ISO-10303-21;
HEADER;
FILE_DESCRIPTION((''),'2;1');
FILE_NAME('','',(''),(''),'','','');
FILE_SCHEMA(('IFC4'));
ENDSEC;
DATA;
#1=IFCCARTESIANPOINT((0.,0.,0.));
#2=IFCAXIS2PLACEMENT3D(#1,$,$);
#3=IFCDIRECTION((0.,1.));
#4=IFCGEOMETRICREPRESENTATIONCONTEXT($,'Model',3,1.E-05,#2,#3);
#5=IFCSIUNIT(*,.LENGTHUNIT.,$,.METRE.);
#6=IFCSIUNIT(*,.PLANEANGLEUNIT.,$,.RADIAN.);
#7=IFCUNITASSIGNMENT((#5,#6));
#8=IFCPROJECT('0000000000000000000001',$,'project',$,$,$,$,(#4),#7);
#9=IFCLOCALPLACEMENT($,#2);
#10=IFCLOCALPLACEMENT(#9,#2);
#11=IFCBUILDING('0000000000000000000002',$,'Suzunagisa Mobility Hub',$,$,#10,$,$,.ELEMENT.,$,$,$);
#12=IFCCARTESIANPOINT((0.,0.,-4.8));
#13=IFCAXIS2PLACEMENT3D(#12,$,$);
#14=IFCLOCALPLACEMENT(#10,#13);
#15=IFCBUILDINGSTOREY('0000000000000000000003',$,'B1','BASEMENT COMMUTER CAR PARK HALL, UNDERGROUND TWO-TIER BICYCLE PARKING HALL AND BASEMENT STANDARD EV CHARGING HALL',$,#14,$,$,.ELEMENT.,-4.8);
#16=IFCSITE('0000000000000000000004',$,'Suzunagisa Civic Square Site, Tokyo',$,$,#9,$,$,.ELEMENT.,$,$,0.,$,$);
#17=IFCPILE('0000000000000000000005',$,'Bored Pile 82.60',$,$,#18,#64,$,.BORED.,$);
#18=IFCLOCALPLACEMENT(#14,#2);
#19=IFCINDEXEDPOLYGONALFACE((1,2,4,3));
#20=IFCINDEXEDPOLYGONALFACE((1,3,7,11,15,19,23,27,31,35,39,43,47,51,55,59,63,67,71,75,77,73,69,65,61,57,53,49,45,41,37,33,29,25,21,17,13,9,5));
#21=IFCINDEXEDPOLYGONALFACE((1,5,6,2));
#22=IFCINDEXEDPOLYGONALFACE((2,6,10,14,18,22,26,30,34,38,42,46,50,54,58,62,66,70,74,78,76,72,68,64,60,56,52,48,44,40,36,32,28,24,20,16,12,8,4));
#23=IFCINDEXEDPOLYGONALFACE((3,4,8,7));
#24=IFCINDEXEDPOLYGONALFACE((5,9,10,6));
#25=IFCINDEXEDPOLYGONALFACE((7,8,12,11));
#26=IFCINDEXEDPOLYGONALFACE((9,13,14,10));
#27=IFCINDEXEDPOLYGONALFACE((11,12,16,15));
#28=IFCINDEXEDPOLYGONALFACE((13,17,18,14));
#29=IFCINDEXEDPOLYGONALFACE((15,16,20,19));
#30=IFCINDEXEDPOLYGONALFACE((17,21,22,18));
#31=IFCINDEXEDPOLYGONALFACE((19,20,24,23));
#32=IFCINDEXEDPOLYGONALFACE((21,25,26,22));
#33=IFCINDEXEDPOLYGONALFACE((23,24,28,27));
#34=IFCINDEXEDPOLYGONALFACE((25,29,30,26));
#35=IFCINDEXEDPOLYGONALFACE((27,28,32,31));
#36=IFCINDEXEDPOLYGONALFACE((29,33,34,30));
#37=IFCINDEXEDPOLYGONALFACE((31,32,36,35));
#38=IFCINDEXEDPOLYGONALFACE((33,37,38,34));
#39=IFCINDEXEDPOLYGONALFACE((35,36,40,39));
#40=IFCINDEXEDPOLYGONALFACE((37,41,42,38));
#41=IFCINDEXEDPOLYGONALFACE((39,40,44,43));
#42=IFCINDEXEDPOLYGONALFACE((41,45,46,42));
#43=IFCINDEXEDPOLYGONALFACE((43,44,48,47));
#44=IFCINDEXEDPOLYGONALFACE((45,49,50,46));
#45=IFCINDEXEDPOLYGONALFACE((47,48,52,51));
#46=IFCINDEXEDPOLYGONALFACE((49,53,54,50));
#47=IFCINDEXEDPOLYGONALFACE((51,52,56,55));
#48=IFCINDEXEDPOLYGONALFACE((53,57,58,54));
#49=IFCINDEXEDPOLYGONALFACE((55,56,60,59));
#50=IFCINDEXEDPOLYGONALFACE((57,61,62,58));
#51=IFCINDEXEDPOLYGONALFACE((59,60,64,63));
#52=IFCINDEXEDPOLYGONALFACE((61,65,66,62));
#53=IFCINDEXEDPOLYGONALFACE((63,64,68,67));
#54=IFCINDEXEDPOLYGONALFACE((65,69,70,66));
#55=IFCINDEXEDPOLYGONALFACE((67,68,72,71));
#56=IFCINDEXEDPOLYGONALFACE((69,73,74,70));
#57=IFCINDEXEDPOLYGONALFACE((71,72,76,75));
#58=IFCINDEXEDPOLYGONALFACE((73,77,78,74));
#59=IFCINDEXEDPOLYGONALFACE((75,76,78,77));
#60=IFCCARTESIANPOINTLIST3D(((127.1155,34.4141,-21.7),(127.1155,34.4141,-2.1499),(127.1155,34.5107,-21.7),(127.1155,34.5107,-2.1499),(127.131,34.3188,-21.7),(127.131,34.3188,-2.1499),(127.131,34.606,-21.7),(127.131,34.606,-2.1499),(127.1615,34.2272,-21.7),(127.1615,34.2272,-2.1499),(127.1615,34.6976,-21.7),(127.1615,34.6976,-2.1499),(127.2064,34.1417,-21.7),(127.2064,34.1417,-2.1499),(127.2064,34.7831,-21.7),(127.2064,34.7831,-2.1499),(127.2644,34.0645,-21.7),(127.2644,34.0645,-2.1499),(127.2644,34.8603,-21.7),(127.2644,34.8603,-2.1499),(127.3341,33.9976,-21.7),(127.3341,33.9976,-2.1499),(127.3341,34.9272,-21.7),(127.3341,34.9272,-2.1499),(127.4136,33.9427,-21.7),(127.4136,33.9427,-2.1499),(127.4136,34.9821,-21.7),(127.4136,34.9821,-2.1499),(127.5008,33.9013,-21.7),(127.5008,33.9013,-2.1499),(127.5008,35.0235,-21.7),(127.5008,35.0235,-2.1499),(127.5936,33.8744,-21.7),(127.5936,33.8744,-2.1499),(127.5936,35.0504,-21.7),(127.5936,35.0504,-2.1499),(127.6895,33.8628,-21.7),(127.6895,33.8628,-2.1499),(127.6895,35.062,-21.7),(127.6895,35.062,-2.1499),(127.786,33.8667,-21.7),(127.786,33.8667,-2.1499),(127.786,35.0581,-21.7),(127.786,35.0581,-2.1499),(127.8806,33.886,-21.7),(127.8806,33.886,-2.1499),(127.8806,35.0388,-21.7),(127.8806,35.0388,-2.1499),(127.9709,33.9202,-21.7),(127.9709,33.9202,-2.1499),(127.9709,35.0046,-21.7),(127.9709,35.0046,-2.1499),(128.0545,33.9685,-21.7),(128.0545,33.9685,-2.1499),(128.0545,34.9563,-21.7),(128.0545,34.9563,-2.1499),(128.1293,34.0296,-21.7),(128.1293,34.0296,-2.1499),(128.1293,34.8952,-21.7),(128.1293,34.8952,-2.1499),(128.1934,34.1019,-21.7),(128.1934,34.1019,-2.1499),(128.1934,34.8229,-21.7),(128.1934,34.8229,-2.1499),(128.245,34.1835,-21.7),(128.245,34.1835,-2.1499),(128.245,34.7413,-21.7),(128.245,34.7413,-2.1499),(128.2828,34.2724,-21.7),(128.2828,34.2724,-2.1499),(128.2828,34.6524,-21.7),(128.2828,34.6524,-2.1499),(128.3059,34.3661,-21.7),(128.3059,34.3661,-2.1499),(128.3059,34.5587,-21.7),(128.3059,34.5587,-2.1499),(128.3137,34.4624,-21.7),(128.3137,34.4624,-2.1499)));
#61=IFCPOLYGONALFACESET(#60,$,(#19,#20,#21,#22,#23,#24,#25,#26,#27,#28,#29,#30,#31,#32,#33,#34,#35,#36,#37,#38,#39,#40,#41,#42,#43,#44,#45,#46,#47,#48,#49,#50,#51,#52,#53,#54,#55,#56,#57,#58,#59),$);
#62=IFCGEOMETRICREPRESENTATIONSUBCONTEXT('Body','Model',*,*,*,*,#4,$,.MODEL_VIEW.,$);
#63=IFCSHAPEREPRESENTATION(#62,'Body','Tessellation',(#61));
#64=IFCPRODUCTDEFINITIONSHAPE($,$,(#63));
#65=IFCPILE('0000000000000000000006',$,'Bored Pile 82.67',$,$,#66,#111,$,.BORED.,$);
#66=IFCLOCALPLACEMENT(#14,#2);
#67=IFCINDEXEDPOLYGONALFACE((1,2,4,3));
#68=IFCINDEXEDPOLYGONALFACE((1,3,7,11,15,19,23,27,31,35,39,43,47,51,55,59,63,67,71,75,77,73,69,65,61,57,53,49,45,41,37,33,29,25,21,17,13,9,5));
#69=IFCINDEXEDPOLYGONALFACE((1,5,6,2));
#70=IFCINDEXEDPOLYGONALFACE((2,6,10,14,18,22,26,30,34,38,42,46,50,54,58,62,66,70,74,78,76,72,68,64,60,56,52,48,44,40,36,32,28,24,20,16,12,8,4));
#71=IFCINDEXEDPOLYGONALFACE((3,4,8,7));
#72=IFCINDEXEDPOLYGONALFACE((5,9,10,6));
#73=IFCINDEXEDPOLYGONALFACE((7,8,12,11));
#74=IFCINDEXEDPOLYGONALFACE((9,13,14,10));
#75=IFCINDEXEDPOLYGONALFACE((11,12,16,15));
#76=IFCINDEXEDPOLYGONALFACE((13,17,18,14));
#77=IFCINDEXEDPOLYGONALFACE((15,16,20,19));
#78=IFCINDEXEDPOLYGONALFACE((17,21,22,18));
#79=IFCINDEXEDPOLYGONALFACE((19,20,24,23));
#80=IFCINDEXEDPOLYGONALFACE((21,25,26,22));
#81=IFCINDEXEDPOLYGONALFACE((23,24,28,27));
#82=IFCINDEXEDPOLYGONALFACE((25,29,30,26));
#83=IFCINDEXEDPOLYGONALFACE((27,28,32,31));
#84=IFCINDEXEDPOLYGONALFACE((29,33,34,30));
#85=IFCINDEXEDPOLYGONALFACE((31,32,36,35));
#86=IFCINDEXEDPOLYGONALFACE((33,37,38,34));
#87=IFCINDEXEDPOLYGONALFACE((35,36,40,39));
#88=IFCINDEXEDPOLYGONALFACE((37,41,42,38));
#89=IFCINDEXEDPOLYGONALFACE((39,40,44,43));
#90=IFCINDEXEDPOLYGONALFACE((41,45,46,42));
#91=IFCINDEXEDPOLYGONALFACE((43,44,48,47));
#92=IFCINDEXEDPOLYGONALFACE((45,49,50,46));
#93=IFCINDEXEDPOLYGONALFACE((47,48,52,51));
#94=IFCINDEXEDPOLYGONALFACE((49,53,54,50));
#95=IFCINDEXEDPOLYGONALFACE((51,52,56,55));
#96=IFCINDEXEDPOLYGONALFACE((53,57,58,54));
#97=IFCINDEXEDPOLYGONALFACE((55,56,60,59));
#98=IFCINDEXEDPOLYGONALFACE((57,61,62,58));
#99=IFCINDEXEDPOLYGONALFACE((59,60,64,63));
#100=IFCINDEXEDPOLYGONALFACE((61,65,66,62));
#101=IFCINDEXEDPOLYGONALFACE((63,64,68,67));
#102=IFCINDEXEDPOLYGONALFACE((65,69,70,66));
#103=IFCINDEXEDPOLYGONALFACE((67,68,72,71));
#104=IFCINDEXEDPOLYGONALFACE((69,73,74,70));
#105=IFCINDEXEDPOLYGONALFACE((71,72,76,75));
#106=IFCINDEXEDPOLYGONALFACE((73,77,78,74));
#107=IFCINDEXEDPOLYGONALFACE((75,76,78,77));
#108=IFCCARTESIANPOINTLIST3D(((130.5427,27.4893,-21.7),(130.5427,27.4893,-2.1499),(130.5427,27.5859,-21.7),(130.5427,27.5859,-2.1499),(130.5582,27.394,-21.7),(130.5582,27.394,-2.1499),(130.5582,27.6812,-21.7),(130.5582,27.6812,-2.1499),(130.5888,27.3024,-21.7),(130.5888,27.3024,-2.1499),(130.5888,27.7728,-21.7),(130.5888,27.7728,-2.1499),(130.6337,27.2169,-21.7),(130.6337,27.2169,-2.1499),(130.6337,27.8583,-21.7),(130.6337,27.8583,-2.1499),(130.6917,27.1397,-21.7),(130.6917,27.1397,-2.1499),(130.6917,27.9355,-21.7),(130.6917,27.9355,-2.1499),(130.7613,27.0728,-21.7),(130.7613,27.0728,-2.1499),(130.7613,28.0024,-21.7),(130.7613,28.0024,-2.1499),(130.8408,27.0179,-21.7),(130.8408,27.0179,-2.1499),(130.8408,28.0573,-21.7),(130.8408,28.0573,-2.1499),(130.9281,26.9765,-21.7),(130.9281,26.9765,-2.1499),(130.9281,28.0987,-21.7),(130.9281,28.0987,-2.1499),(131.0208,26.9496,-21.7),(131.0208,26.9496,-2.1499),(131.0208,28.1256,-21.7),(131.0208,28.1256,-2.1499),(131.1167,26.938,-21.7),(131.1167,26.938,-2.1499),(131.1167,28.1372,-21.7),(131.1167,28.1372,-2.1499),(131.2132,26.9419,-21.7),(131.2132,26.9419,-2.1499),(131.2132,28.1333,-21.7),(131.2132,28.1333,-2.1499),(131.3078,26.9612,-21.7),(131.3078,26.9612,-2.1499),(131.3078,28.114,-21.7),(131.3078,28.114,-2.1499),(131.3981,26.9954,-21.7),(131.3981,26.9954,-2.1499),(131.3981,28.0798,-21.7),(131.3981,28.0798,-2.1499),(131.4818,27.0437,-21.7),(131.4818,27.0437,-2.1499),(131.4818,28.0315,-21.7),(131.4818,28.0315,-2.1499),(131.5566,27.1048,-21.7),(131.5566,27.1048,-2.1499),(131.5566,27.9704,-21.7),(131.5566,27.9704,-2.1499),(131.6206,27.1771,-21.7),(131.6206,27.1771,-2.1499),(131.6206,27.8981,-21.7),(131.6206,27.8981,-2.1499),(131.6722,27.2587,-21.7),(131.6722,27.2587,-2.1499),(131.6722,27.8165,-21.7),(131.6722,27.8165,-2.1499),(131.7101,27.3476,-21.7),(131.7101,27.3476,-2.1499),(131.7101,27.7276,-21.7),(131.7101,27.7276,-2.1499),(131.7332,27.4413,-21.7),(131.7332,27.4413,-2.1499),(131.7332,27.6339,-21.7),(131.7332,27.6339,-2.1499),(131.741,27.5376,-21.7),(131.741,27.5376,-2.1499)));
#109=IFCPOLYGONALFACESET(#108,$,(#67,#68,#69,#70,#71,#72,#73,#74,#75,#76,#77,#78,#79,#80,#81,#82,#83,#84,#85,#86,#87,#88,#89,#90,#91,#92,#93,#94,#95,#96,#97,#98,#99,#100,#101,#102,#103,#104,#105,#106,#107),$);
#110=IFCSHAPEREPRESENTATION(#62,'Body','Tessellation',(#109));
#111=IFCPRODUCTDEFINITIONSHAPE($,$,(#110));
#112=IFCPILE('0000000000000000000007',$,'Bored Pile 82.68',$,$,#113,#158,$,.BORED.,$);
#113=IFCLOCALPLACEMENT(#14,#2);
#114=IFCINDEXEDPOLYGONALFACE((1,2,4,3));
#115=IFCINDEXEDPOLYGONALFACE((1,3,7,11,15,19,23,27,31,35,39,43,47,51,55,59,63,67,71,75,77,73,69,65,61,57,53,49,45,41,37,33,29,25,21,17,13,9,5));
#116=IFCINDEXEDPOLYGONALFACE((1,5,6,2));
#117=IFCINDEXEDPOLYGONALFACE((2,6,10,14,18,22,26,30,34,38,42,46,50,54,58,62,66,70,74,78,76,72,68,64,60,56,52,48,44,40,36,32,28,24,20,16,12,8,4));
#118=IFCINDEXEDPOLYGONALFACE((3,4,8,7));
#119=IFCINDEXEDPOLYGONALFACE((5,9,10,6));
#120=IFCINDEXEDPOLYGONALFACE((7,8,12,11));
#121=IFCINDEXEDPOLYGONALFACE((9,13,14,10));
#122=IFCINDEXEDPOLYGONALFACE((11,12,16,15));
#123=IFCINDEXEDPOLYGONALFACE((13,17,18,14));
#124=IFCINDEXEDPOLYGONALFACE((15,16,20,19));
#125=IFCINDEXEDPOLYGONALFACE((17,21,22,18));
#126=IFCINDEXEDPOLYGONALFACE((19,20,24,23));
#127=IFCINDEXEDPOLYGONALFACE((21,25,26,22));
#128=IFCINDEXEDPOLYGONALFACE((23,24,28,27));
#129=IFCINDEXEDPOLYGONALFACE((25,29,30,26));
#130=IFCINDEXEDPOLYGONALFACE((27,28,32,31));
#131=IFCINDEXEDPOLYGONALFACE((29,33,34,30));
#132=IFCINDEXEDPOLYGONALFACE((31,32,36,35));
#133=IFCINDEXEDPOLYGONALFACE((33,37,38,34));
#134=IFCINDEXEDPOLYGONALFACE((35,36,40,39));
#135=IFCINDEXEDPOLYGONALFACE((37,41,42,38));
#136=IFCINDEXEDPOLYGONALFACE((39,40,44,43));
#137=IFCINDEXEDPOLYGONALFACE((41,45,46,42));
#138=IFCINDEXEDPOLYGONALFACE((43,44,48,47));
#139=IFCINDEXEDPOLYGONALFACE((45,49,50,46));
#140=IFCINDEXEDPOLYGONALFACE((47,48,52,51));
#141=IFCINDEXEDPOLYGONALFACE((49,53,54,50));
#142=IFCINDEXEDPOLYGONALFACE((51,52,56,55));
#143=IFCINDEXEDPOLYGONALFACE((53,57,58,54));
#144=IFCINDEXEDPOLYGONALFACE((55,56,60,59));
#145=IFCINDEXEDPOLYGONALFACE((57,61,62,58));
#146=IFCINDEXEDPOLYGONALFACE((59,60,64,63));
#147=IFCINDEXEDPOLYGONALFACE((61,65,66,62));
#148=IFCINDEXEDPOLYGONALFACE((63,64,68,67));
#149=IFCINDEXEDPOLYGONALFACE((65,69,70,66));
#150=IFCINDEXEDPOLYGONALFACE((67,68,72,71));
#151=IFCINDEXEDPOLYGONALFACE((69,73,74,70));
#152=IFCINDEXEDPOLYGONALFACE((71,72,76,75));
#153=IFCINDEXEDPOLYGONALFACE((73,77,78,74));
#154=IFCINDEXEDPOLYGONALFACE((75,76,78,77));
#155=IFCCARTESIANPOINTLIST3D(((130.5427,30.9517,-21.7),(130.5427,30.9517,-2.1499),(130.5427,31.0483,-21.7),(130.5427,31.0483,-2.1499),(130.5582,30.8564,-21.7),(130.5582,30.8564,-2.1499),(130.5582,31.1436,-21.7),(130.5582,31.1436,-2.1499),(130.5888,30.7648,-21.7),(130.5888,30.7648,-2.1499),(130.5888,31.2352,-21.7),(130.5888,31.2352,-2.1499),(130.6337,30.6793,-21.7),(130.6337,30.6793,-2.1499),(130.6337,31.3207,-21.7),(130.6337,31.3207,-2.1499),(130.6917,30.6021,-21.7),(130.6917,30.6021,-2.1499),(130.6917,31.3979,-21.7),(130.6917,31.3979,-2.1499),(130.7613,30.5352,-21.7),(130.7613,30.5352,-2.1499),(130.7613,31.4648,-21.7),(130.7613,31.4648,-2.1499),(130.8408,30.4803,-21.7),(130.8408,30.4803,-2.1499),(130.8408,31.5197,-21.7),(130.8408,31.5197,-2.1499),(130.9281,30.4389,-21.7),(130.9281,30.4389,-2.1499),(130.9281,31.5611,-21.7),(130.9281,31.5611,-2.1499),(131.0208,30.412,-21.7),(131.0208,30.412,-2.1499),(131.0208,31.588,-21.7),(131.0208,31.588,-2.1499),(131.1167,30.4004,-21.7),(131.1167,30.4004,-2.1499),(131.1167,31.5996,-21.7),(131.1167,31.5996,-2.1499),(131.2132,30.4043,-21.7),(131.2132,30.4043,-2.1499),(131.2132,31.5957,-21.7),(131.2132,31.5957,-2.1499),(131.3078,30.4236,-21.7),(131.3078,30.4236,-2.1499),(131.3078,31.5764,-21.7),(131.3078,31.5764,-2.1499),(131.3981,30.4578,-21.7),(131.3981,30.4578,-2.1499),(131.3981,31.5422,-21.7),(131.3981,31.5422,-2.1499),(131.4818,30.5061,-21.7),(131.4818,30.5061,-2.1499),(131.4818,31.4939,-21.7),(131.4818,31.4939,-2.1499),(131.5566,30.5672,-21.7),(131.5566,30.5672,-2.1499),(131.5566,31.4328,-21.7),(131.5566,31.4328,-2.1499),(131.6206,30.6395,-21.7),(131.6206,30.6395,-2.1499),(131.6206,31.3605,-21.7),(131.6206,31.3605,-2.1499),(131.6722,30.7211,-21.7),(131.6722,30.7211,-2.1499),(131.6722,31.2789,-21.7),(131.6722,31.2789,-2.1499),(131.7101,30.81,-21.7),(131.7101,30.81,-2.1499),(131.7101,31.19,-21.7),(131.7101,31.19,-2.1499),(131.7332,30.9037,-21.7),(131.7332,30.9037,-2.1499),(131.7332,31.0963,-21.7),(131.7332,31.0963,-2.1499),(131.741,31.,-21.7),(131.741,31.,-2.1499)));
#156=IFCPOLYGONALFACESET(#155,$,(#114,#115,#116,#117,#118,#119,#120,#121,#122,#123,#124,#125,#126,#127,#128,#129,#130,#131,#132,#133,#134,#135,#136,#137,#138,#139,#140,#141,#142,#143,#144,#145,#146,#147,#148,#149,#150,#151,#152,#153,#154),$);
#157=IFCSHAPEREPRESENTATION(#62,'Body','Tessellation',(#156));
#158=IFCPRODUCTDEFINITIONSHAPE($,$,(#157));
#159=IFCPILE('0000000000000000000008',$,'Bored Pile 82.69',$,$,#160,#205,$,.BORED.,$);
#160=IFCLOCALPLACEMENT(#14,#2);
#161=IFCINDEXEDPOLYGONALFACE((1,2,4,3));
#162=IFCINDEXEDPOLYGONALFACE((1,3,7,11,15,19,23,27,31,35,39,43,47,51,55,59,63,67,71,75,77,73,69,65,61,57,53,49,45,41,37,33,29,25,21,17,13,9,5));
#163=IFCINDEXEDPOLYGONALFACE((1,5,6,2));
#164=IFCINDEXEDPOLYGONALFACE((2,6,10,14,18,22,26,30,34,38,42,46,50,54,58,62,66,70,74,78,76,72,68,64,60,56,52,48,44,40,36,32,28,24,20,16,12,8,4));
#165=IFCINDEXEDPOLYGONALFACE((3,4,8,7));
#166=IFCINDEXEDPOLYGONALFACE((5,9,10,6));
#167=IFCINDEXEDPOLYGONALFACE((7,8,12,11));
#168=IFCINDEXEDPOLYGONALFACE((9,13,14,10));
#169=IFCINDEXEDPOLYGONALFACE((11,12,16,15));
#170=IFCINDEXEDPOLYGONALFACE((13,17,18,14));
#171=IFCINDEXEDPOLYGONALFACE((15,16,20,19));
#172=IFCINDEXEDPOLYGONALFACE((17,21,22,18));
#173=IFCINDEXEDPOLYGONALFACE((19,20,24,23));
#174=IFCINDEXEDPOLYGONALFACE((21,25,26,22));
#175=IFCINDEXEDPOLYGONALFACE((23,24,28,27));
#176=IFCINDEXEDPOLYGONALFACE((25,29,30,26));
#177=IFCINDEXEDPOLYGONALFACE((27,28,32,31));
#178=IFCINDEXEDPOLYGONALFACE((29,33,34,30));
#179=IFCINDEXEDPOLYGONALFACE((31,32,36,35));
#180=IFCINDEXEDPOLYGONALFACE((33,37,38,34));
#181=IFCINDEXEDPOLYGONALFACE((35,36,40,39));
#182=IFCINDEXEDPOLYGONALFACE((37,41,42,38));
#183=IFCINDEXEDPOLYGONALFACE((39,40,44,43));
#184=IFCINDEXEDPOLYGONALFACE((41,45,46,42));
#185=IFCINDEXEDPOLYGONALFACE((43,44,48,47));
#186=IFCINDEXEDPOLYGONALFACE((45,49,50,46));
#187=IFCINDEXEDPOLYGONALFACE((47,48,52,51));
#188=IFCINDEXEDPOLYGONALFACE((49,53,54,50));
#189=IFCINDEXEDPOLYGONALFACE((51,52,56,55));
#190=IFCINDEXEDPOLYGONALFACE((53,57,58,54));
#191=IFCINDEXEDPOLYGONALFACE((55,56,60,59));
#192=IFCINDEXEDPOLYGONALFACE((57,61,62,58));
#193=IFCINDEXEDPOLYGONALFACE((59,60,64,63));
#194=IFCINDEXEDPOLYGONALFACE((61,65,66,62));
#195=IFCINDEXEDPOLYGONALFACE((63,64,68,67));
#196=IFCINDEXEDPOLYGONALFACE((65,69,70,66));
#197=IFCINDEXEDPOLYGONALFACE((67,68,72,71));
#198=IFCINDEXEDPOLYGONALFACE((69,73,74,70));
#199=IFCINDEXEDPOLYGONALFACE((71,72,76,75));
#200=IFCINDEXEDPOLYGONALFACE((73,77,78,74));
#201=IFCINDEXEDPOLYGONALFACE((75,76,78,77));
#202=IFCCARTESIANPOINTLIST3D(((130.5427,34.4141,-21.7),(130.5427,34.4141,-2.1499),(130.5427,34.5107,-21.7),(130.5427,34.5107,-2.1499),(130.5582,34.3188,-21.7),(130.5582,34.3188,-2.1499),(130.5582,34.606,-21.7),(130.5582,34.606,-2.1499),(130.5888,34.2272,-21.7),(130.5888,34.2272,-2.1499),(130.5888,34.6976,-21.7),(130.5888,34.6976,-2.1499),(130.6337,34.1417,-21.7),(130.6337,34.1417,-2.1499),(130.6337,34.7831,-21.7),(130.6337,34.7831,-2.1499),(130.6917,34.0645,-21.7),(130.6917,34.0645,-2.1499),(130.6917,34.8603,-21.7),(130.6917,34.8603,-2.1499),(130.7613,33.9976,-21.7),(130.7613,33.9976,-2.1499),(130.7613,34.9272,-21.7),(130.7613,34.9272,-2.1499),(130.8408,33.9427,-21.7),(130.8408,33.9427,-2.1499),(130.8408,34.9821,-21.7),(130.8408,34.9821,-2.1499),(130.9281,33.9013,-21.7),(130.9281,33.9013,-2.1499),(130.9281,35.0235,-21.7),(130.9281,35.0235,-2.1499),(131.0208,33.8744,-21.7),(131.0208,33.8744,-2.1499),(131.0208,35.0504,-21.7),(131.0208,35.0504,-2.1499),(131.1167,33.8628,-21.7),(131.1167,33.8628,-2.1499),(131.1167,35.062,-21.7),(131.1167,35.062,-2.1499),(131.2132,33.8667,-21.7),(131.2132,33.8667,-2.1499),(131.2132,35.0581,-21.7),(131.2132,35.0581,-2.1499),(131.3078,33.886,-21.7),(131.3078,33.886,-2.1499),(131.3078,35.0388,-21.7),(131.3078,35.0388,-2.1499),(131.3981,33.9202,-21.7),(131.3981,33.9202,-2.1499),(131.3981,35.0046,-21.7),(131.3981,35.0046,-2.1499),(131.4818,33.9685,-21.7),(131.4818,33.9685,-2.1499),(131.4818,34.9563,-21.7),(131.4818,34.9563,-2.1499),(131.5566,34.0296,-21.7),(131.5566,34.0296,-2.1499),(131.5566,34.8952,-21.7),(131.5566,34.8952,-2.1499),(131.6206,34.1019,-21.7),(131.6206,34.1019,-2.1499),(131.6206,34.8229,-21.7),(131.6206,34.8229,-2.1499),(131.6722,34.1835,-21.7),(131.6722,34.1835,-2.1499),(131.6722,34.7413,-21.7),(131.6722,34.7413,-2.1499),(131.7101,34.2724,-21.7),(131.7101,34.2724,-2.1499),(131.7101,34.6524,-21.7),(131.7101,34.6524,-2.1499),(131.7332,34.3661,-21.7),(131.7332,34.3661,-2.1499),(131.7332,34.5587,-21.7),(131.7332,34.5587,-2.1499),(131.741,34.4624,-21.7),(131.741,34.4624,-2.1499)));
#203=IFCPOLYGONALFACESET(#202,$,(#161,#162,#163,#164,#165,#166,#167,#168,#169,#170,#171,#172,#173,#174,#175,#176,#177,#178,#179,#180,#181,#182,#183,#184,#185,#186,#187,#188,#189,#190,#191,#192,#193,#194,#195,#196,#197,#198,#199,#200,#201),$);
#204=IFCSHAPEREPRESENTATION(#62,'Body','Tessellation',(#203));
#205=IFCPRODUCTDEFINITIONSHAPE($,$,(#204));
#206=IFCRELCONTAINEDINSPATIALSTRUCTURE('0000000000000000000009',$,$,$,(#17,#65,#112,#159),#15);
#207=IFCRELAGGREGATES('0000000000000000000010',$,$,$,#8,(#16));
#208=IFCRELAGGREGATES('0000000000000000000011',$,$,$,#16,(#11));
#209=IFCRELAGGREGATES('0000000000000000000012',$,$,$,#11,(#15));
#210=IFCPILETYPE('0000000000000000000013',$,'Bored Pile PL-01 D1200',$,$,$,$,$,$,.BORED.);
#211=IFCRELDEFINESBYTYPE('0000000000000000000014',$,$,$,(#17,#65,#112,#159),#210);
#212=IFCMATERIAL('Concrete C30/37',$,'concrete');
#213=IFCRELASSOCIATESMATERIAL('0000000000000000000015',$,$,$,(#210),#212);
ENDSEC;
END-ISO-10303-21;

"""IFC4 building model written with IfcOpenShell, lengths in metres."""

from ifc_helpers import new_model, si_unit, direction, frame, origin, origin_2d, place, context, subcontext, project, spatial, circle, extrude, material, material_profile, profile_set, type_object, element, save


model = new_model("IFC4")

# Units and contexts
model_context = context("Model", 3, precision=1e-05, world=origin(), true_north=direction((0.0, 1.0)))
body_context = subcontext(model_context, "Body", "Model", "MODEL_VIEW")
ifc_project = project(units=[si_unit("LENGTHUNIT", "METRE"), si_unit("PLANEANGLEUNIT", "RADIAN")], contexts=[model_context])

# Site, building, storey
site_placement = place(None, origin())
site = spatial("IfcSite", under=ifc_project, at=site_placement, Name="Suzunagisa Civic Square Site, Tokyo", CompositionType="ELEMENT", RefElevation=0.0)
building_placement = place(site_placement, origin())
building = spatial("IfcBuilding", under=site, at=building_placement, Name="Suzunagisa Mobility Hub", CompositionType="ELEMENT")
storey_placement = place(building_placement, frame((0.0, 0.0, -4.8)))
storey = spatial("IfcBuildingStorey", under=building, at=storey_placement, Name="B1", Description="BASEMENT COMMUTER CAR PARK HALL, UNDERGROUND TWO-TIER BICYCLE PARKING HALL AND BASEMENT STANDARD EV CHARGING HALL", CompositionType="ELEMENT", Elevation=-4.8)

# Piles
ifc_material_1 = material(Name="Concrete C30/37", Category="concrete")
ifc_material_profile_1 = material_profile(ifc_material_1, circle(Radius=0.6001, at=origin_2d()), Name="BORED PILE D1200")
ifc_profile_set_1 = profile_set([ifc_material_profile_1], Name="Concrete C30/37")
pile_type = type_object("IfcPileType", Name="Bored Pile PL-01 D1200", PredefinedType="BORED", material=ifc_profile_set_1)
for number, where, z_axis, x_axis, name in (
    (1, (127.7136, 34.4624, -2.1499), (0.0, 0.0, -1.0), (1.0, 0.0, 0.0), "Bored Pile 82.60"),
    (2, (131.1409, 27.5376, -2.1499), (0.0, 0.0, -1.0), (1.0, 0.0, 0.0), "Bored Pile 82.67"),
    (3, (131.1409, 31.0, -2.1499), (0.0, 0.0, -1.0), (1.0, 0.0, 0.0), "Bored Pile 82.68"),
    (4, (131.1409, 34.4624, -2.1499), (0.0, 0.0, -1.0), (1.0, 0.0, 0.0), "Bored Pile 82.69"),
):
    element("IfcPile", number, at=place(storey_placement, frame(where, z_axis=z_axis, x_axis=x_axis)), inside=storey, type_object=pile_type, Name=name, PredefinedType="BORED", context=body_context, shape_type="SweptSolid", body=[
        extrude(circle(Radius=0.6001, at=origin_2d()), origin(), (0.0, 0.0, 1.0), 19.55),
    ])

save(model, "model.ifc")
